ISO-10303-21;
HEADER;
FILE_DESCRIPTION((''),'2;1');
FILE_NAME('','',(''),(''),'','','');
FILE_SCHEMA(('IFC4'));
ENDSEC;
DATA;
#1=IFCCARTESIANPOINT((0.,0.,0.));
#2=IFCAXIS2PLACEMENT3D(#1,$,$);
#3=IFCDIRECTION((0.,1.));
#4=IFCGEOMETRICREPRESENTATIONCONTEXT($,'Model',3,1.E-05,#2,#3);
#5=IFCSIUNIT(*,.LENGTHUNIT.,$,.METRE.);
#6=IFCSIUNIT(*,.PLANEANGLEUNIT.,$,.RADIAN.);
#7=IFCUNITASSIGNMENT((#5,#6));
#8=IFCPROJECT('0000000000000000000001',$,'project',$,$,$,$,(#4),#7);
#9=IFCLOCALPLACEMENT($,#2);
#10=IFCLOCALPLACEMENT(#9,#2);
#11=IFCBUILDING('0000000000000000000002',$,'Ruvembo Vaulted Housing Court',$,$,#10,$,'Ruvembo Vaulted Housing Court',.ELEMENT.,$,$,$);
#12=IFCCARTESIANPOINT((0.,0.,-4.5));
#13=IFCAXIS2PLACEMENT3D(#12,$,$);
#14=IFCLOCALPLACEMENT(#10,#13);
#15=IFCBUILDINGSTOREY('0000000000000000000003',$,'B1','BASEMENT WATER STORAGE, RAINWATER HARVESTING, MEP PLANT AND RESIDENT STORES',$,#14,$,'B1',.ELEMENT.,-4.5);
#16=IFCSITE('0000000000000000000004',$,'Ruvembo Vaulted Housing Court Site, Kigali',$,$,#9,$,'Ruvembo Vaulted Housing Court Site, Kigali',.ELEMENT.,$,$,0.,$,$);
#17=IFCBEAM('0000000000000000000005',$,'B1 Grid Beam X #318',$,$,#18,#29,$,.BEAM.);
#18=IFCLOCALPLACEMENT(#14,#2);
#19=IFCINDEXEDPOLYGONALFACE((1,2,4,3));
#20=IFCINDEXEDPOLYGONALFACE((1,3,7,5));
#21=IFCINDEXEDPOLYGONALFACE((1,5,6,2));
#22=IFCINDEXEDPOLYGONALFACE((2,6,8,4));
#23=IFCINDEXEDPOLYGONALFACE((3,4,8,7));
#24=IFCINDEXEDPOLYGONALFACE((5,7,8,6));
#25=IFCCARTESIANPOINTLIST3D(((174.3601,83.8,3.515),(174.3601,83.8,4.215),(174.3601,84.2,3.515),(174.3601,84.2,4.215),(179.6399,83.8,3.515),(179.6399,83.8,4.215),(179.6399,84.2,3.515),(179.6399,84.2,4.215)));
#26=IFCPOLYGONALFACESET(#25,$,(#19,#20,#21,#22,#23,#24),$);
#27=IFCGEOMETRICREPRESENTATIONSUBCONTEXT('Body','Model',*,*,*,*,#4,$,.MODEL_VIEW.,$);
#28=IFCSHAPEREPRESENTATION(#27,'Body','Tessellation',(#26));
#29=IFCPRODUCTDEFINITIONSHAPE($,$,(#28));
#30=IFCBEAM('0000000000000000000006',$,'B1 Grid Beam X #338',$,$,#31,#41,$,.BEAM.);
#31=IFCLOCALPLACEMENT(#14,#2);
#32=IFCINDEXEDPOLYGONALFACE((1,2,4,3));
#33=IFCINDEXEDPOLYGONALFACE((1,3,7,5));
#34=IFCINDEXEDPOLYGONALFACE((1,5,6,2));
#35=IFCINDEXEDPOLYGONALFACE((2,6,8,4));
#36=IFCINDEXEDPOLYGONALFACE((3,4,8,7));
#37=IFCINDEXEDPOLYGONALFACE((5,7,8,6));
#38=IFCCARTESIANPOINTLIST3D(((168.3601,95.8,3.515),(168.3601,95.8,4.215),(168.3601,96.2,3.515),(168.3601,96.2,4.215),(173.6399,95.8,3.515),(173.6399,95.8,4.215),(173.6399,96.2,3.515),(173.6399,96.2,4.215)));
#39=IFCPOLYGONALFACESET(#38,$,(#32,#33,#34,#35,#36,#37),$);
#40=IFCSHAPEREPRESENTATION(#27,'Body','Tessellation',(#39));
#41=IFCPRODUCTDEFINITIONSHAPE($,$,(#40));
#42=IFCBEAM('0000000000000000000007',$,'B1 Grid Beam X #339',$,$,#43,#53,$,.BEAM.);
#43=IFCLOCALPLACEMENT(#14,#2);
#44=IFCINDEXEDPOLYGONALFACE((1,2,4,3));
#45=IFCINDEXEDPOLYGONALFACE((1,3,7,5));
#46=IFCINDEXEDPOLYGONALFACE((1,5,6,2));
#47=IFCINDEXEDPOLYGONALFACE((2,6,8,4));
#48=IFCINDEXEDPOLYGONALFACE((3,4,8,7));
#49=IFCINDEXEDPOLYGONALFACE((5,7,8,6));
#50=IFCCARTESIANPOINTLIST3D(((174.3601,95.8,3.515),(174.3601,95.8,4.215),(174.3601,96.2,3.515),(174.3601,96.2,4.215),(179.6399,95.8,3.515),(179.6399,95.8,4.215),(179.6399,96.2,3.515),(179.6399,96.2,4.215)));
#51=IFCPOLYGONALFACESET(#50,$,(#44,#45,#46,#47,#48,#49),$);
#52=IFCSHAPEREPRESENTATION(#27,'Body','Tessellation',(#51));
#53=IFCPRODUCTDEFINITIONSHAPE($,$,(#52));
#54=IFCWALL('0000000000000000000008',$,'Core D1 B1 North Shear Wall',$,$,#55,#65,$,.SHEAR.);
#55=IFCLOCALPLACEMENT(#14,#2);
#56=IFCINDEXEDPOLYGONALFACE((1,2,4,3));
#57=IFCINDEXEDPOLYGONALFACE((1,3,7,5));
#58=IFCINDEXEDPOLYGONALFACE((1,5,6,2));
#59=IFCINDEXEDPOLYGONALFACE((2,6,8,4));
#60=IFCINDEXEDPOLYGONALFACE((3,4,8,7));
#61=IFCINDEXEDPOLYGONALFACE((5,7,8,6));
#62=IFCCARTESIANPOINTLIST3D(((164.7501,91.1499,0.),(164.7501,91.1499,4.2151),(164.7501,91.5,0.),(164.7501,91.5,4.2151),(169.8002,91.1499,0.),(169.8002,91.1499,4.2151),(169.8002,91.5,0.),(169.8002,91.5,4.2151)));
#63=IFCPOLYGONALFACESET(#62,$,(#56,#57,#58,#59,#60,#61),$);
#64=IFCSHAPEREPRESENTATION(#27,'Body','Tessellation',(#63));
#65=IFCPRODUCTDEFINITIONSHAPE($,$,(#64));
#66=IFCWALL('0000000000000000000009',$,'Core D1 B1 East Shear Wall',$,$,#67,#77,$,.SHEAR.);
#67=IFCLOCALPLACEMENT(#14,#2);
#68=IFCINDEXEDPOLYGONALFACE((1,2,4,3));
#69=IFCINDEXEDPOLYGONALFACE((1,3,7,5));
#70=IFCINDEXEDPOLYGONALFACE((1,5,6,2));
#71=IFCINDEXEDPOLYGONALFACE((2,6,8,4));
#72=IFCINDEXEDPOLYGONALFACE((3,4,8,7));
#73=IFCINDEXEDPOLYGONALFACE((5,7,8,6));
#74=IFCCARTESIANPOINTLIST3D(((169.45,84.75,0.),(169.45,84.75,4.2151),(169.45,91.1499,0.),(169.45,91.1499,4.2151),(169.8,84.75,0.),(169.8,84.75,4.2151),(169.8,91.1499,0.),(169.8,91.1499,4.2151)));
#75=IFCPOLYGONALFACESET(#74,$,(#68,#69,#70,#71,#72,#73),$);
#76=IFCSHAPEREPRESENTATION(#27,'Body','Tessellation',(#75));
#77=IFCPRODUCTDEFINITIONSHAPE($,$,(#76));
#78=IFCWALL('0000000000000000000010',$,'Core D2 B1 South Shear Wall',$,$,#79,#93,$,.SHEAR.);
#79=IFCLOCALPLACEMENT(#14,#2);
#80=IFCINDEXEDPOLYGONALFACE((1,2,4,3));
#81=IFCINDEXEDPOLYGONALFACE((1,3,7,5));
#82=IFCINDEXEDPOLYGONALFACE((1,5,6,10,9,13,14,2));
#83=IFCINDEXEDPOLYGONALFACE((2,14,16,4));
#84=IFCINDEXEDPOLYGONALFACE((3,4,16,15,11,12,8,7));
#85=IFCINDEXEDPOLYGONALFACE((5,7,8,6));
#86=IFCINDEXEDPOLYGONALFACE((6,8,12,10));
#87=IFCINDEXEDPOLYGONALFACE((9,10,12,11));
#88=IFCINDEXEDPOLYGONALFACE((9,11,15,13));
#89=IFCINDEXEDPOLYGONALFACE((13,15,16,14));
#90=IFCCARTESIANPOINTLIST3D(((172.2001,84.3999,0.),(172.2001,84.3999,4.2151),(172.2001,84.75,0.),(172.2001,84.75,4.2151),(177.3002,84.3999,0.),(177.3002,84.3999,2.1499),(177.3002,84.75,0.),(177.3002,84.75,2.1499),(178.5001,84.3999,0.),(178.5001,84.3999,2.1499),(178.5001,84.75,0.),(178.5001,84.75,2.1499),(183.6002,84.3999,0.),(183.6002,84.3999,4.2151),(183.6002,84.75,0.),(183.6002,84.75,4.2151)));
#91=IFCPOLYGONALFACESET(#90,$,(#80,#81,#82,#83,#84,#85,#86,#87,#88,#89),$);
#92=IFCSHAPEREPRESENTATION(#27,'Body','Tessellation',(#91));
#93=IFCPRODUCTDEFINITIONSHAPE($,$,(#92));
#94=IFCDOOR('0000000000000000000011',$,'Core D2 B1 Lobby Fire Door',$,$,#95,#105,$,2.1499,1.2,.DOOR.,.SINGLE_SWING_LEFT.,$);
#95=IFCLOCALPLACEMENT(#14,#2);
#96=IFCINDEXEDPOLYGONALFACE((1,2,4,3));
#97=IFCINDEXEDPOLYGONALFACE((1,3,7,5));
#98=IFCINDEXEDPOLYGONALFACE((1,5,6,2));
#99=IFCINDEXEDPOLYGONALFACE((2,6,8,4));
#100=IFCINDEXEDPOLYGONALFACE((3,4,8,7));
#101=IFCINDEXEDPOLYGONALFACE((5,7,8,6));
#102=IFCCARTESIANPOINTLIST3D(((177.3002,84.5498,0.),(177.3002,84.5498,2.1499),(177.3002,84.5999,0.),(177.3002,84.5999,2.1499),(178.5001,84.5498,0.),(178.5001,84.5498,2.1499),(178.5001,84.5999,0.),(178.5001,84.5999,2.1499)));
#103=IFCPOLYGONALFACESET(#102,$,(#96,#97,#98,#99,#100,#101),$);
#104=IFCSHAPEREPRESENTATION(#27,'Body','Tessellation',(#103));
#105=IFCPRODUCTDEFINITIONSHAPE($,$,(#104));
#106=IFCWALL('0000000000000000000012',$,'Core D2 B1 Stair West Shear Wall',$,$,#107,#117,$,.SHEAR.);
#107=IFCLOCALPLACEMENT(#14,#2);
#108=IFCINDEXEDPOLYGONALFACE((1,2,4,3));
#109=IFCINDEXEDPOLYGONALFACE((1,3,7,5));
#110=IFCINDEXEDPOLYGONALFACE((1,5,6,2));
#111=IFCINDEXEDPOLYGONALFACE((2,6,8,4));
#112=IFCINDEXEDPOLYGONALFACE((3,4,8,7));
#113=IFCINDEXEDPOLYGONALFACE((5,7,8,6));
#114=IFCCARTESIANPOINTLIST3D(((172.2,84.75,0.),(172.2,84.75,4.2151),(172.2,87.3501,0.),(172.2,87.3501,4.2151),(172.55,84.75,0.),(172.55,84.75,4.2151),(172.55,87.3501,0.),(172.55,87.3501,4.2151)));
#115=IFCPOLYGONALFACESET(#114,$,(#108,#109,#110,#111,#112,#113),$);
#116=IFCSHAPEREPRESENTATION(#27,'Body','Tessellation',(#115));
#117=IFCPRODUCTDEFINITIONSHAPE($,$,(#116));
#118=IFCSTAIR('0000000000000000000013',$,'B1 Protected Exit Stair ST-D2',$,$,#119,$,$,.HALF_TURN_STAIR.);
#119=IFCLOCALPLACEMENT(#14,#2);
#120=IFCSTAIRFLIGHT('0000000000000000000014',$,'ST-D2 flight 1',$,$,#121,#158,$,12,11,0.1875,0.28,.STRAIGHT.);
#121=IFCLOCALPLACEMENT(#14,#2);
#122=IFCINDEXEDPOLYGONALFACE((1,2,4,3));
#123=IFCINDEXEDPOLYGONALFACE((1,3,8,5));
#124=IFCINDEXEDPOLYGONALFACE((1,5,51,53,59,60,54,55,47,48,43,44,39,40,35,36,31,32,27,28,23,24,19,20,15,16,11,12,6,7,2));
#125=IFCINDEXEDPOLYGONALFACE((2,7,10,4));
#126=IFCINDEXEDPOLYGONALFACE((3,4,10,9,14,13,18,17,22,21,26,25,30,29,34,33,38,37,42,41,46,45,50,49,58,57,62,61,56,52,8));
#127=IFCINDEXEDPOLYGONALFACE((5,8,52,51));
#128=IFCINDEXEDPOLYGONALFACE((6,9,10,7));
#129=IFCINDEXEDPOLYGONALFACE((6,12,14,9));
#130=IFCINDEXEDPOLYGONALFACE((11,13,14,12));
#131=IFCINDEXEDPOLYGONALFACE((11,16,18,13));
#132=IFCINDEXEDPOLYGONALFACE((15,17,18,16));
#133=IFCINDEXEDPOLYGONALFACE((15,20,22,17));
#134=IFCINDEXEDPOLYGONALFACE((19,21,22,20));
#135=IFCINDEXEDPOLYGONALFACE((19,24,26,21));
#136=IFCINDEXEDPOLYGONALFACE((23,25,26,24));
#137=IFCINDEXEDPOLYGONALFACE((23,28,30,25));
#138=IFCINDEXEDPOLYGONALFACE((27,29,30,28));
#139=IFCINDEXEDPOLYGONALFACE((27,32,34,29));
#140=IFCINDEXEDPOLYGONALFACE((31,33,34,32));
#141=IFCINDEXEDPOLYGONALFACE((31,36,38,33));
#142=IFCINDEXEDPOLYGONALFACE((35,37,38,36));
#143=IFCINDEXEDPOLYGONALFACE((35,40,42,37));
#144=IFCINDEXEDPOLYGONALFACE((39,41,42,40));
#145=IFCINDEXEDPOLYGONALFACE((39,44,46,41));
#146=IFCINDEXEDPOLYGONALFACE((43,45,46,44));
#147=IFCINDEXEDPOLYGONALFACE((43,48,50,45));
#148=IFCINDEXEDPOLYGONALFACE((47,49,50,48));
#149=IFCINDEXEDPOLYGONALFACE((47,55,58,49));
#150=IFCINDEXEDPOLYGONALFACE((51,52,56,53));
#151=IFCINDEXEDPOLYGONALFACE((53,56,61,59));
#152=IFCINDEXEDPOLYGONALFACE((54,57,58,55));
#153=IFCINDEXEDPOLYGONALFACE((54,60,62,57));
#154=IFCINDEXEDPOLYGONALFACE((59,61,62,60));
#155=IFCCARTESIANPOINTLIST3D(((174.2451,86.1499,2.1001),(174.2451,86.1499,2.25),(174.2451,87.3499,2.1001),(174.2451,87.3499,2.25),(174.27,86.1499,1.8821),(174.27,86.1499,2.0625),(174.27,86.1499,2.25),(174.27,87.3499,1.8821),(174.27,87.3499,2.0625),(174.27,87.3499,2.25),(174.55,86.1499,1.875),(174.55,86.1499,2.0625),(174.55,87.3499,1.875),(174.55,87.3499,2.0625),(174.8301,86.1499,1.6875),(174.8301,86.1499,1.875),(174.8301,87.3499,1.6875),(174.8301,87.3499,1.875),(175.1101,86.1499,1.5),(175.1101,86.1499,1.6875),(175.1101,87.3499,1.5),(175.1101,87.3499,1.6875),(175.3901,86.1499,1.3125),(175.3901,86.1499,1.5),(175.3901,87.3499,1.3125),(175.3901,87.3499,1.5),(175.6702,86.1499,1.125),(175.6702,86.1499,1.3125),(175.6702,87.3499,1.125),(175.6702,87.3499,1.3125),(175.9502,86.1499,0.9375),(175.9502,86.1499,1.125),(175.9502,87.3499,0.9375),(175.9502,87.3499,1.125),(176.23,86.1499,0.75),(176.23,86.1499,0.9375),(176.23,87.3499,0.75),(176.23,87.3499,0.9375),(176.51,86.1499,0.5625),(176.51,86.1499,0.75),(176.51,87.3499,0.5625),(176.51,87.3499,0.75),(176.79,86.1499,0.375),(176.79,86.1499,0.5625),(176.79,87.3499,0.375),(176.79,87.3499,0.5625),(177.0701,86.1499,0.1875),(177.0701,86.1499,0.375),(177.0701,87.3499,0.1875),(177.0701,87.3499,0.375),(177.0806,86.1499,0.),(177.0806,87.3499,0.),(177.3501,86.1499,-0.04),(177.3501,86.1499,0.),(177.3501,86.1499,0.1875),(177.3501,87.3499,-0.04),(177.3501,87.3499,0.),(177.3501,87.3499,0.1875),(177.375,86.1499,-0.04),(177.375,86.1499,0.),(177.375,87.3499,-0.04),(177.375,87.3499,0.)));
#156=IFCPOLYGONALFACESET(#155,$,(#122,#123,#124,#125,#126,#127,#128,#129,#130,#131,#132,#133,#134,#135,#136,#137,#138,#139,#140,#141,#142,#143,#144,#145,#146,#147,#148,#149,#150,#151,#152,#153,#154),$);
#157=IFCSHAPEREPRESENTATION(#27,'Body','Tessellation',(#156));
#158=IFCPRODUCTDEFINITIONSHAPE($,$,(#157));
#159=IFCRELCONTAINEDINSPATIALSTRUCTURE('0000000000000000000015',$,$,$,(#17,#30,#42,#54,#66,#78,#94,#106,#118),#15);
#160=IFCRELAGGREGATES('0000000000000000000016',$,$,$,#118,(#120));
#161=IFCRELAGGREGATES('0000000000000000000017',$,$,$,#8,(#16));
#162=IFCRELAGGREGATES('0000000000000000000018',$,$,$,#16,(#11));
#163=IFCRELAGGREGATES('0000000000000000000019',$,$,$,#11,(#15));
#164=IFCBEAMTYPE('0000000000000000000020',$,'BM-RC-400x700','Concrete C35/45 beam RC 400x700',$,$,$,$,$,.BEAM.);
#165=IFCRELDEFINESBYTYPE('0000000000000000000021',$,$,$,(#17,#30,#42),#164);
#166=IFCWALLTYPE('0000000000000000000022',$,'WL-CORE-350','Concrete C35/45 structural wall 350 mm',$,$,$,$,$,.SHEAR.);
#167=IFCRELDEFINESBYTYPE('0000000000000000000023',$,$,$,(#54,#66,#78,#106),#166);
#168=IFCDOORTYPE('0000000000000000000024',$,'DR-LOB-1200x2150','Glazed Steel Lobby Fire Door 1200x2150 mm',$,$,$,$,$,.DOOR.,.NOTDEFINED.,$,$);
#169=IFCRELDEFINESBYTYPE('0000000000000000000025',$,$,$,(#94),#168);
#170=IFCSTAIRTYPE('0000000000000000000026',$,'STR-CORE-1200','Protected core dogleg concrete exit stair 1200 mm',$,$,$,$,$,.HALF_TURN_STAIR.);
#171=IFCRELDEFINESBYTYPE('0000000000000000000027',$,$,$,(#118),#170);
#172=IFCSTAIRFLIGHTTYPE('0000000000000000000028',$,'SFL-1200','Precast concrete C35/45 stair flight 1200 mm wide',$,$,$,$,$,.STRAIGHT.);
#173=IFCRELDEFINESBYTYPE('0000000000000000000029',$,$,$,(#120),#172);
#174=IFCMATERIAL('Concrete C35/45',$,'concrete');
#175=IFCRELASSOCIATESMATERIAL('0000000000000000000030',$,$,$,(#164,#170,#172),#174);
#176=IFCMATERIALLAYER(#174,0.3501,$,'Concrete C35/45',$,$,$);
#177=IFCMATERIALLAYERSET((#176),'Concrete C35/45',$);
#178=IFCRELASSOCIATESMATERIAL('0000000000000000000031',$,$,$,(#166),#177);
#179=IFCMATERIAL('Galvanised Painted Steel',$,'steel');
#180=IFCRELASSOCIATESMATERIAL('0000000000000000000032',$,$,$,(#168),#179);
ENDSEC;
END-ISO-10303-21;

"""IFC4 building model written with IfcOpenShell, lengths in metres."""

from ifc_helpers import new_model, si_unit, direction, frame, frame_2d, origin, origin_2d, place, context, subcontext, project, spatial, polyline, rectangle, outline, extrude, material, layer, layer_set, material_profile, profile_set, type_object, element, fill, aggregate, save


model = new_model("IFC4")

# Units and contexts
model_context = context("Model", 3, precision=1e-05, world=origin(), true_north=direction((0.0, 1.0)))
body_context = subcontext(model_context, "Body", "Model", "MODEL_VIEW")
ifc_project = project(units=[si_unit("LENGTHUNIT", "METRE"), si_unit("PLANEANGLEUNIT", "RADIAN")], contexts=[model_context])

# Site, building, storey
site_placement = place(None, origin())
site = spatial("IfcSite", under=ifc_project, at=site_placement, Name="Ruvembo Vaulted Housing Court Site, Kigali", LongName="Ruvembo Vaulted Housing Court Site, Kigali", CompositionType="ELEMENT", RefElevation=0.0)
building_placement = place(site_placement, origin())
building = spatial("IfcBuilding", under=site, at=building_placement, Name="Ruvembo Vaulted Housing Court", LongName="Ruvembo Vaulted Housing Court", CompositionType="ELEMENT")
storey_placement = place(building_placement, frame((0.0, 0.0, -4.5)))
storey = spatial("IfcBuildingStorey", under=building, at=storey_placement, Name="B1", Description="BASEMENT WATER STORAGE, RAINWATER HARVESTING, MEP PLANT AND RESIDENT STORES", LongName="B1", CompositionType="ELEMENT", Elevation=-4.5)

# Shared definitions
ifc_material_1 = material(Name="Concrete C35/45", Category="concrete")

# Beams
ifc_material_profile_1 = material_profile(ifc_material_1, rectangle(XDim=0.3999, YDim=0.7, at=origin_2d()), Name="RC 400x700")
ifc_profile_set_1 = profile_set([ifc_material_profile_1], Name="Concrete C35/45")
beam_type = type_object("IfcBeamType", Name="BM-RC-400x700", Description="Concrete C35/45 beam RC 400x700", PredefinedType="BEAM", material=ifc_profile_set_1)
for number, where, z_axis, x_axis, name in (
    (1, (174.3601, 84.0, 3.865), (1.0, 0.0, 0.0), (0.0, 1.0, 0.0), "B1 Grid Beam X #318"),
    (2, (168.3601, 96.0, 3.865), (1.0, 0.0, 0.0), (0.0, 1.0, 0.0), "B1 Grid Beam X #338"),
    (3, (174.3601, 96.0, 3.865), (1.0, 0.0, 0.0), (0.0, 1.0, 0.0), "B1 Grid Beam X #339"),
):
    element("IfcBeam", number, at=place(storey_placement, frame(where, z_axis=z_axis, x_axis=x_axis)), inside=storey, type_object=beam_type, Name=name, PredefinedType="BEAM", context=body_context, shape_type="SweptSolid", body=[
        extrude(rectangle(XDim=0.3999, YDim=0.7, at=origin_2d()), origin(), (0.0, 0.0, 1.0), 5.2798),
    ])

# Walls
ifc_layer_1 = layer(ifc_material_1, 0.3501, Name="Concrete C35/45")
ifc_layer_set_1 = layer_set([ifc_layer_1], Name="Concrete C35/45")
wall_type = type_object("IfcWallType", Name="WL-CORE-350", Description="Concrete C35/45 structural wall 350 mm", PredefinedType="SHEAR", material=ifc_layer_set_1)
wall_1_placement = place(storey_placement, frame((169.8, 91.325, 0.0), z_axis=(0.0, 0.0, 1.0), x_axis=(-1.0, 0.0, 0.0)))
element("IfcWall", 4, at=wall_1_placement, inside=storey, type_object=wall_type, Name="Core D1 B1 North Shear Wall", PredefinedType="SHEAR", context=body_context, shape_type="SweptSolid", body=[
    extrude(rectangle(XDim=5.05, YDim=0.3501, at=frame_2d((2.5249, 0.0))), origin(), (0.0, 0.0, 1.0), 4.2151),
])
wall_2_placement = place(storey_placement, frame((169.625, 84.75, 0.0), z_axis=(0.0, 0.0, 1.0), x_axis=(0.0, 1.0, 0.0)))
element("IfcWall", 5, at=wall_2_placement, inside=storey, type_object=wall_type, Name="Core D1 B1 East Shear Wall", PredefinedType="SHEAR", context=body_context, shape_type="SweptSolid", body=[
    extrude(rectangle(XDim=6.3999, YDim=0.3501, at=frame_2d((3.2, 0.0))), origin(), (0.0, 0.0, 1.0), 4.2151),
])

# Wall, opening, door
wall_3_placement = place(storey_placement, frame((172.2, 84.575, 0.0), z_axis=(0.0, 0.0, 1.0), x_axis=(1.0, 0.0, 0.0)))
wall_3 = element("IfcWall", 6, at=wall_3_placement, inside=storey, type_object=wall_type, Name="Core D2 B1 South Shear Wall", PredefinedType="SHEAR", context=body_context, shape_type="SweptSolid", body=[
    extrude(rectangle(XDim=11.4001, YDim=0.3501, at=frame_2d((5.7002, 0.0))), origin(), (0.0, 0.0, 1.0), 4.2151),
])
opening_placement = place(wall_3_placement, frame((5.1001, 0.0, 0.0)))
opening = element("IfcOpeningElement", 7, at=opening_placement, cuts=wall_3, PredefinedType="OPENING", context=body_context, shape_type="SweptSolid", body=[
    extrude(rectangle(XDim=1.2, YDim=2.1499, at=frame_2d((0.6001, 1.075))), frame((0.0, 0.1851, 0.0), z_axis=(0.0, -1.0, 0.0), x_axis=(1.0, 0.0, 0.0)), (0.0, 0.0, 1.0), 0.3701),
])
ifc_material_2 = material(Name="Galvanised Painted Steel", Category="steel")
door_type = type_object("IfcDoorType", Name="DR-LOB-1200x2150", Description="Glazed Steel Lobby Fire Door 1200x2150 mm", OperationType="NOTDEFINED", PredefinedType="DOOR", material=ifc_material_2)
door_placement = place(opening_placement, origin())
door = element("IfcDoor", 8, at=door_placement, inside=storey, type_object=door_type, Name="Core D2 B1 Lobby Fire Door", OperationType="SINGLE_SWING_LEFT", OverallHeight=2.1499, OverallWidth=1.2, PredefinedType="DOOR", context=body_context, shape_type="SweptSolid", body=[
    extrude(rectangle(XDim=1.2, YDim=2.1499, at=frame_2d((0.6001, 1.075))), frame((0.0, 0.0249, 0.0), z_axis=(0.0, -1.0, 0.0), x_axis=(1.0, 0.0, 0.0)), (0.0, 0.0, 1.0), 0.05),
])
fill(opening, door)

# Wall
wall_4_placement = place(storey_placement, frame((172.375, 87.3501, 0.0), z_axis=(0.0, 0.0, 1.0), x_axis=(0.0, -1.0, 0.0)))
element("IfcWall", 9, at=wall_4_placement, inside=storey, type_object=wall_type, Name="Core D2 B1 Stair West Shear Wall", PredefinedType="SHEAR", context=body_context, shape_type="SweptSolid", body=[
    extrude(rectangle(XDim=2.6001, YDim=0.3501, at=frame_2d((1.3, 0.0))), origin(), (0.0, 0.0, 1.0), 4.2151),
])

# Stair, stair flight
stair_type = type_object("IfcStairType", Name="STR-CORE-1200", Description="Protected core dogleg concrete exit stair 1200 mm", PredefinedType="HALF_TURN_STAIR", material=ifc_material_1)
stair_placement = place(storey_placement, origin())
stair = element("IfcStair", 10, at=stair_placement, inside=storey, type_object=stair_type, Name="B1 Protected Exit Stair ST-D2", PredefinedType="HALF_TURN_STAIR")
stair_flight_type = type_object("IfcStairFlightType", Name="SFL-1200", Description="Precast concrete C35/45 stair flight 1200 mm wide", PredefinedType="STRAIGHT", material=ifc_material_1)
stair_flight_1_placement = place(storey_placement, frame((177.3501, 86.75, 0.0), z_axis=(0.0, 0.0, 1.0), x_axis=(-1.0, 0.0, 0.0)))
stair_flight_1 = element("IfcStairFlight", 11, at=stair_flight_1_placement, type_object=stair_flight_type, Name="ST-D2 flight 1", NumberOfRisers=12, NumberOfTreads=11, PredefinedType="STRAIGHT", RiserHeight=0.1875, TreadLength=0.28, context=body_context, shape_type="SweptSolid", body=[
    extrude(outline(polyline([(-0.0249, -0.04), (-0.0249, 0.0), (0.0, 0.0), (0.0, 0.1875), (0.28, 0.1875), (0.28, 0.375), (0.5601, 0.375), (0.5601, 0.5625), (0.8401, 0.5625), (0.8401, 0.75), (1.1201, 0.75), (1.1201, 0.9375), (1.3999, 0.9375), (1.3999, 1.125), (1.6799, 1.125), (1.6799, 1.3125), (1.96, 1.3125), (1.96, 1.5), (2.24, 1.5), (2.24, 1.6875), (2.52, 1.6875), (2.52, 1.875), (2.8, 1.875), (2.8, 2.0625), (3.0801, 2.0625), (3.0801, 2.25), (3.105, 2.25), (3.105, 2.1001), (3.0801, 1.8821), (0.2695, 0.0), (0.0, -0.04), (-0.0249, -0.04)])), frame((0.0, 0.6001, 0.0), z_axis=(0.0, -1.0, 0.0), x_axis=(1.0, 0.0, 0.0)), (0.0, 0.0, 1.0), 1.2),
])
aggregate(stair, [stair_flight_1])

save(model, "model.ifc")
